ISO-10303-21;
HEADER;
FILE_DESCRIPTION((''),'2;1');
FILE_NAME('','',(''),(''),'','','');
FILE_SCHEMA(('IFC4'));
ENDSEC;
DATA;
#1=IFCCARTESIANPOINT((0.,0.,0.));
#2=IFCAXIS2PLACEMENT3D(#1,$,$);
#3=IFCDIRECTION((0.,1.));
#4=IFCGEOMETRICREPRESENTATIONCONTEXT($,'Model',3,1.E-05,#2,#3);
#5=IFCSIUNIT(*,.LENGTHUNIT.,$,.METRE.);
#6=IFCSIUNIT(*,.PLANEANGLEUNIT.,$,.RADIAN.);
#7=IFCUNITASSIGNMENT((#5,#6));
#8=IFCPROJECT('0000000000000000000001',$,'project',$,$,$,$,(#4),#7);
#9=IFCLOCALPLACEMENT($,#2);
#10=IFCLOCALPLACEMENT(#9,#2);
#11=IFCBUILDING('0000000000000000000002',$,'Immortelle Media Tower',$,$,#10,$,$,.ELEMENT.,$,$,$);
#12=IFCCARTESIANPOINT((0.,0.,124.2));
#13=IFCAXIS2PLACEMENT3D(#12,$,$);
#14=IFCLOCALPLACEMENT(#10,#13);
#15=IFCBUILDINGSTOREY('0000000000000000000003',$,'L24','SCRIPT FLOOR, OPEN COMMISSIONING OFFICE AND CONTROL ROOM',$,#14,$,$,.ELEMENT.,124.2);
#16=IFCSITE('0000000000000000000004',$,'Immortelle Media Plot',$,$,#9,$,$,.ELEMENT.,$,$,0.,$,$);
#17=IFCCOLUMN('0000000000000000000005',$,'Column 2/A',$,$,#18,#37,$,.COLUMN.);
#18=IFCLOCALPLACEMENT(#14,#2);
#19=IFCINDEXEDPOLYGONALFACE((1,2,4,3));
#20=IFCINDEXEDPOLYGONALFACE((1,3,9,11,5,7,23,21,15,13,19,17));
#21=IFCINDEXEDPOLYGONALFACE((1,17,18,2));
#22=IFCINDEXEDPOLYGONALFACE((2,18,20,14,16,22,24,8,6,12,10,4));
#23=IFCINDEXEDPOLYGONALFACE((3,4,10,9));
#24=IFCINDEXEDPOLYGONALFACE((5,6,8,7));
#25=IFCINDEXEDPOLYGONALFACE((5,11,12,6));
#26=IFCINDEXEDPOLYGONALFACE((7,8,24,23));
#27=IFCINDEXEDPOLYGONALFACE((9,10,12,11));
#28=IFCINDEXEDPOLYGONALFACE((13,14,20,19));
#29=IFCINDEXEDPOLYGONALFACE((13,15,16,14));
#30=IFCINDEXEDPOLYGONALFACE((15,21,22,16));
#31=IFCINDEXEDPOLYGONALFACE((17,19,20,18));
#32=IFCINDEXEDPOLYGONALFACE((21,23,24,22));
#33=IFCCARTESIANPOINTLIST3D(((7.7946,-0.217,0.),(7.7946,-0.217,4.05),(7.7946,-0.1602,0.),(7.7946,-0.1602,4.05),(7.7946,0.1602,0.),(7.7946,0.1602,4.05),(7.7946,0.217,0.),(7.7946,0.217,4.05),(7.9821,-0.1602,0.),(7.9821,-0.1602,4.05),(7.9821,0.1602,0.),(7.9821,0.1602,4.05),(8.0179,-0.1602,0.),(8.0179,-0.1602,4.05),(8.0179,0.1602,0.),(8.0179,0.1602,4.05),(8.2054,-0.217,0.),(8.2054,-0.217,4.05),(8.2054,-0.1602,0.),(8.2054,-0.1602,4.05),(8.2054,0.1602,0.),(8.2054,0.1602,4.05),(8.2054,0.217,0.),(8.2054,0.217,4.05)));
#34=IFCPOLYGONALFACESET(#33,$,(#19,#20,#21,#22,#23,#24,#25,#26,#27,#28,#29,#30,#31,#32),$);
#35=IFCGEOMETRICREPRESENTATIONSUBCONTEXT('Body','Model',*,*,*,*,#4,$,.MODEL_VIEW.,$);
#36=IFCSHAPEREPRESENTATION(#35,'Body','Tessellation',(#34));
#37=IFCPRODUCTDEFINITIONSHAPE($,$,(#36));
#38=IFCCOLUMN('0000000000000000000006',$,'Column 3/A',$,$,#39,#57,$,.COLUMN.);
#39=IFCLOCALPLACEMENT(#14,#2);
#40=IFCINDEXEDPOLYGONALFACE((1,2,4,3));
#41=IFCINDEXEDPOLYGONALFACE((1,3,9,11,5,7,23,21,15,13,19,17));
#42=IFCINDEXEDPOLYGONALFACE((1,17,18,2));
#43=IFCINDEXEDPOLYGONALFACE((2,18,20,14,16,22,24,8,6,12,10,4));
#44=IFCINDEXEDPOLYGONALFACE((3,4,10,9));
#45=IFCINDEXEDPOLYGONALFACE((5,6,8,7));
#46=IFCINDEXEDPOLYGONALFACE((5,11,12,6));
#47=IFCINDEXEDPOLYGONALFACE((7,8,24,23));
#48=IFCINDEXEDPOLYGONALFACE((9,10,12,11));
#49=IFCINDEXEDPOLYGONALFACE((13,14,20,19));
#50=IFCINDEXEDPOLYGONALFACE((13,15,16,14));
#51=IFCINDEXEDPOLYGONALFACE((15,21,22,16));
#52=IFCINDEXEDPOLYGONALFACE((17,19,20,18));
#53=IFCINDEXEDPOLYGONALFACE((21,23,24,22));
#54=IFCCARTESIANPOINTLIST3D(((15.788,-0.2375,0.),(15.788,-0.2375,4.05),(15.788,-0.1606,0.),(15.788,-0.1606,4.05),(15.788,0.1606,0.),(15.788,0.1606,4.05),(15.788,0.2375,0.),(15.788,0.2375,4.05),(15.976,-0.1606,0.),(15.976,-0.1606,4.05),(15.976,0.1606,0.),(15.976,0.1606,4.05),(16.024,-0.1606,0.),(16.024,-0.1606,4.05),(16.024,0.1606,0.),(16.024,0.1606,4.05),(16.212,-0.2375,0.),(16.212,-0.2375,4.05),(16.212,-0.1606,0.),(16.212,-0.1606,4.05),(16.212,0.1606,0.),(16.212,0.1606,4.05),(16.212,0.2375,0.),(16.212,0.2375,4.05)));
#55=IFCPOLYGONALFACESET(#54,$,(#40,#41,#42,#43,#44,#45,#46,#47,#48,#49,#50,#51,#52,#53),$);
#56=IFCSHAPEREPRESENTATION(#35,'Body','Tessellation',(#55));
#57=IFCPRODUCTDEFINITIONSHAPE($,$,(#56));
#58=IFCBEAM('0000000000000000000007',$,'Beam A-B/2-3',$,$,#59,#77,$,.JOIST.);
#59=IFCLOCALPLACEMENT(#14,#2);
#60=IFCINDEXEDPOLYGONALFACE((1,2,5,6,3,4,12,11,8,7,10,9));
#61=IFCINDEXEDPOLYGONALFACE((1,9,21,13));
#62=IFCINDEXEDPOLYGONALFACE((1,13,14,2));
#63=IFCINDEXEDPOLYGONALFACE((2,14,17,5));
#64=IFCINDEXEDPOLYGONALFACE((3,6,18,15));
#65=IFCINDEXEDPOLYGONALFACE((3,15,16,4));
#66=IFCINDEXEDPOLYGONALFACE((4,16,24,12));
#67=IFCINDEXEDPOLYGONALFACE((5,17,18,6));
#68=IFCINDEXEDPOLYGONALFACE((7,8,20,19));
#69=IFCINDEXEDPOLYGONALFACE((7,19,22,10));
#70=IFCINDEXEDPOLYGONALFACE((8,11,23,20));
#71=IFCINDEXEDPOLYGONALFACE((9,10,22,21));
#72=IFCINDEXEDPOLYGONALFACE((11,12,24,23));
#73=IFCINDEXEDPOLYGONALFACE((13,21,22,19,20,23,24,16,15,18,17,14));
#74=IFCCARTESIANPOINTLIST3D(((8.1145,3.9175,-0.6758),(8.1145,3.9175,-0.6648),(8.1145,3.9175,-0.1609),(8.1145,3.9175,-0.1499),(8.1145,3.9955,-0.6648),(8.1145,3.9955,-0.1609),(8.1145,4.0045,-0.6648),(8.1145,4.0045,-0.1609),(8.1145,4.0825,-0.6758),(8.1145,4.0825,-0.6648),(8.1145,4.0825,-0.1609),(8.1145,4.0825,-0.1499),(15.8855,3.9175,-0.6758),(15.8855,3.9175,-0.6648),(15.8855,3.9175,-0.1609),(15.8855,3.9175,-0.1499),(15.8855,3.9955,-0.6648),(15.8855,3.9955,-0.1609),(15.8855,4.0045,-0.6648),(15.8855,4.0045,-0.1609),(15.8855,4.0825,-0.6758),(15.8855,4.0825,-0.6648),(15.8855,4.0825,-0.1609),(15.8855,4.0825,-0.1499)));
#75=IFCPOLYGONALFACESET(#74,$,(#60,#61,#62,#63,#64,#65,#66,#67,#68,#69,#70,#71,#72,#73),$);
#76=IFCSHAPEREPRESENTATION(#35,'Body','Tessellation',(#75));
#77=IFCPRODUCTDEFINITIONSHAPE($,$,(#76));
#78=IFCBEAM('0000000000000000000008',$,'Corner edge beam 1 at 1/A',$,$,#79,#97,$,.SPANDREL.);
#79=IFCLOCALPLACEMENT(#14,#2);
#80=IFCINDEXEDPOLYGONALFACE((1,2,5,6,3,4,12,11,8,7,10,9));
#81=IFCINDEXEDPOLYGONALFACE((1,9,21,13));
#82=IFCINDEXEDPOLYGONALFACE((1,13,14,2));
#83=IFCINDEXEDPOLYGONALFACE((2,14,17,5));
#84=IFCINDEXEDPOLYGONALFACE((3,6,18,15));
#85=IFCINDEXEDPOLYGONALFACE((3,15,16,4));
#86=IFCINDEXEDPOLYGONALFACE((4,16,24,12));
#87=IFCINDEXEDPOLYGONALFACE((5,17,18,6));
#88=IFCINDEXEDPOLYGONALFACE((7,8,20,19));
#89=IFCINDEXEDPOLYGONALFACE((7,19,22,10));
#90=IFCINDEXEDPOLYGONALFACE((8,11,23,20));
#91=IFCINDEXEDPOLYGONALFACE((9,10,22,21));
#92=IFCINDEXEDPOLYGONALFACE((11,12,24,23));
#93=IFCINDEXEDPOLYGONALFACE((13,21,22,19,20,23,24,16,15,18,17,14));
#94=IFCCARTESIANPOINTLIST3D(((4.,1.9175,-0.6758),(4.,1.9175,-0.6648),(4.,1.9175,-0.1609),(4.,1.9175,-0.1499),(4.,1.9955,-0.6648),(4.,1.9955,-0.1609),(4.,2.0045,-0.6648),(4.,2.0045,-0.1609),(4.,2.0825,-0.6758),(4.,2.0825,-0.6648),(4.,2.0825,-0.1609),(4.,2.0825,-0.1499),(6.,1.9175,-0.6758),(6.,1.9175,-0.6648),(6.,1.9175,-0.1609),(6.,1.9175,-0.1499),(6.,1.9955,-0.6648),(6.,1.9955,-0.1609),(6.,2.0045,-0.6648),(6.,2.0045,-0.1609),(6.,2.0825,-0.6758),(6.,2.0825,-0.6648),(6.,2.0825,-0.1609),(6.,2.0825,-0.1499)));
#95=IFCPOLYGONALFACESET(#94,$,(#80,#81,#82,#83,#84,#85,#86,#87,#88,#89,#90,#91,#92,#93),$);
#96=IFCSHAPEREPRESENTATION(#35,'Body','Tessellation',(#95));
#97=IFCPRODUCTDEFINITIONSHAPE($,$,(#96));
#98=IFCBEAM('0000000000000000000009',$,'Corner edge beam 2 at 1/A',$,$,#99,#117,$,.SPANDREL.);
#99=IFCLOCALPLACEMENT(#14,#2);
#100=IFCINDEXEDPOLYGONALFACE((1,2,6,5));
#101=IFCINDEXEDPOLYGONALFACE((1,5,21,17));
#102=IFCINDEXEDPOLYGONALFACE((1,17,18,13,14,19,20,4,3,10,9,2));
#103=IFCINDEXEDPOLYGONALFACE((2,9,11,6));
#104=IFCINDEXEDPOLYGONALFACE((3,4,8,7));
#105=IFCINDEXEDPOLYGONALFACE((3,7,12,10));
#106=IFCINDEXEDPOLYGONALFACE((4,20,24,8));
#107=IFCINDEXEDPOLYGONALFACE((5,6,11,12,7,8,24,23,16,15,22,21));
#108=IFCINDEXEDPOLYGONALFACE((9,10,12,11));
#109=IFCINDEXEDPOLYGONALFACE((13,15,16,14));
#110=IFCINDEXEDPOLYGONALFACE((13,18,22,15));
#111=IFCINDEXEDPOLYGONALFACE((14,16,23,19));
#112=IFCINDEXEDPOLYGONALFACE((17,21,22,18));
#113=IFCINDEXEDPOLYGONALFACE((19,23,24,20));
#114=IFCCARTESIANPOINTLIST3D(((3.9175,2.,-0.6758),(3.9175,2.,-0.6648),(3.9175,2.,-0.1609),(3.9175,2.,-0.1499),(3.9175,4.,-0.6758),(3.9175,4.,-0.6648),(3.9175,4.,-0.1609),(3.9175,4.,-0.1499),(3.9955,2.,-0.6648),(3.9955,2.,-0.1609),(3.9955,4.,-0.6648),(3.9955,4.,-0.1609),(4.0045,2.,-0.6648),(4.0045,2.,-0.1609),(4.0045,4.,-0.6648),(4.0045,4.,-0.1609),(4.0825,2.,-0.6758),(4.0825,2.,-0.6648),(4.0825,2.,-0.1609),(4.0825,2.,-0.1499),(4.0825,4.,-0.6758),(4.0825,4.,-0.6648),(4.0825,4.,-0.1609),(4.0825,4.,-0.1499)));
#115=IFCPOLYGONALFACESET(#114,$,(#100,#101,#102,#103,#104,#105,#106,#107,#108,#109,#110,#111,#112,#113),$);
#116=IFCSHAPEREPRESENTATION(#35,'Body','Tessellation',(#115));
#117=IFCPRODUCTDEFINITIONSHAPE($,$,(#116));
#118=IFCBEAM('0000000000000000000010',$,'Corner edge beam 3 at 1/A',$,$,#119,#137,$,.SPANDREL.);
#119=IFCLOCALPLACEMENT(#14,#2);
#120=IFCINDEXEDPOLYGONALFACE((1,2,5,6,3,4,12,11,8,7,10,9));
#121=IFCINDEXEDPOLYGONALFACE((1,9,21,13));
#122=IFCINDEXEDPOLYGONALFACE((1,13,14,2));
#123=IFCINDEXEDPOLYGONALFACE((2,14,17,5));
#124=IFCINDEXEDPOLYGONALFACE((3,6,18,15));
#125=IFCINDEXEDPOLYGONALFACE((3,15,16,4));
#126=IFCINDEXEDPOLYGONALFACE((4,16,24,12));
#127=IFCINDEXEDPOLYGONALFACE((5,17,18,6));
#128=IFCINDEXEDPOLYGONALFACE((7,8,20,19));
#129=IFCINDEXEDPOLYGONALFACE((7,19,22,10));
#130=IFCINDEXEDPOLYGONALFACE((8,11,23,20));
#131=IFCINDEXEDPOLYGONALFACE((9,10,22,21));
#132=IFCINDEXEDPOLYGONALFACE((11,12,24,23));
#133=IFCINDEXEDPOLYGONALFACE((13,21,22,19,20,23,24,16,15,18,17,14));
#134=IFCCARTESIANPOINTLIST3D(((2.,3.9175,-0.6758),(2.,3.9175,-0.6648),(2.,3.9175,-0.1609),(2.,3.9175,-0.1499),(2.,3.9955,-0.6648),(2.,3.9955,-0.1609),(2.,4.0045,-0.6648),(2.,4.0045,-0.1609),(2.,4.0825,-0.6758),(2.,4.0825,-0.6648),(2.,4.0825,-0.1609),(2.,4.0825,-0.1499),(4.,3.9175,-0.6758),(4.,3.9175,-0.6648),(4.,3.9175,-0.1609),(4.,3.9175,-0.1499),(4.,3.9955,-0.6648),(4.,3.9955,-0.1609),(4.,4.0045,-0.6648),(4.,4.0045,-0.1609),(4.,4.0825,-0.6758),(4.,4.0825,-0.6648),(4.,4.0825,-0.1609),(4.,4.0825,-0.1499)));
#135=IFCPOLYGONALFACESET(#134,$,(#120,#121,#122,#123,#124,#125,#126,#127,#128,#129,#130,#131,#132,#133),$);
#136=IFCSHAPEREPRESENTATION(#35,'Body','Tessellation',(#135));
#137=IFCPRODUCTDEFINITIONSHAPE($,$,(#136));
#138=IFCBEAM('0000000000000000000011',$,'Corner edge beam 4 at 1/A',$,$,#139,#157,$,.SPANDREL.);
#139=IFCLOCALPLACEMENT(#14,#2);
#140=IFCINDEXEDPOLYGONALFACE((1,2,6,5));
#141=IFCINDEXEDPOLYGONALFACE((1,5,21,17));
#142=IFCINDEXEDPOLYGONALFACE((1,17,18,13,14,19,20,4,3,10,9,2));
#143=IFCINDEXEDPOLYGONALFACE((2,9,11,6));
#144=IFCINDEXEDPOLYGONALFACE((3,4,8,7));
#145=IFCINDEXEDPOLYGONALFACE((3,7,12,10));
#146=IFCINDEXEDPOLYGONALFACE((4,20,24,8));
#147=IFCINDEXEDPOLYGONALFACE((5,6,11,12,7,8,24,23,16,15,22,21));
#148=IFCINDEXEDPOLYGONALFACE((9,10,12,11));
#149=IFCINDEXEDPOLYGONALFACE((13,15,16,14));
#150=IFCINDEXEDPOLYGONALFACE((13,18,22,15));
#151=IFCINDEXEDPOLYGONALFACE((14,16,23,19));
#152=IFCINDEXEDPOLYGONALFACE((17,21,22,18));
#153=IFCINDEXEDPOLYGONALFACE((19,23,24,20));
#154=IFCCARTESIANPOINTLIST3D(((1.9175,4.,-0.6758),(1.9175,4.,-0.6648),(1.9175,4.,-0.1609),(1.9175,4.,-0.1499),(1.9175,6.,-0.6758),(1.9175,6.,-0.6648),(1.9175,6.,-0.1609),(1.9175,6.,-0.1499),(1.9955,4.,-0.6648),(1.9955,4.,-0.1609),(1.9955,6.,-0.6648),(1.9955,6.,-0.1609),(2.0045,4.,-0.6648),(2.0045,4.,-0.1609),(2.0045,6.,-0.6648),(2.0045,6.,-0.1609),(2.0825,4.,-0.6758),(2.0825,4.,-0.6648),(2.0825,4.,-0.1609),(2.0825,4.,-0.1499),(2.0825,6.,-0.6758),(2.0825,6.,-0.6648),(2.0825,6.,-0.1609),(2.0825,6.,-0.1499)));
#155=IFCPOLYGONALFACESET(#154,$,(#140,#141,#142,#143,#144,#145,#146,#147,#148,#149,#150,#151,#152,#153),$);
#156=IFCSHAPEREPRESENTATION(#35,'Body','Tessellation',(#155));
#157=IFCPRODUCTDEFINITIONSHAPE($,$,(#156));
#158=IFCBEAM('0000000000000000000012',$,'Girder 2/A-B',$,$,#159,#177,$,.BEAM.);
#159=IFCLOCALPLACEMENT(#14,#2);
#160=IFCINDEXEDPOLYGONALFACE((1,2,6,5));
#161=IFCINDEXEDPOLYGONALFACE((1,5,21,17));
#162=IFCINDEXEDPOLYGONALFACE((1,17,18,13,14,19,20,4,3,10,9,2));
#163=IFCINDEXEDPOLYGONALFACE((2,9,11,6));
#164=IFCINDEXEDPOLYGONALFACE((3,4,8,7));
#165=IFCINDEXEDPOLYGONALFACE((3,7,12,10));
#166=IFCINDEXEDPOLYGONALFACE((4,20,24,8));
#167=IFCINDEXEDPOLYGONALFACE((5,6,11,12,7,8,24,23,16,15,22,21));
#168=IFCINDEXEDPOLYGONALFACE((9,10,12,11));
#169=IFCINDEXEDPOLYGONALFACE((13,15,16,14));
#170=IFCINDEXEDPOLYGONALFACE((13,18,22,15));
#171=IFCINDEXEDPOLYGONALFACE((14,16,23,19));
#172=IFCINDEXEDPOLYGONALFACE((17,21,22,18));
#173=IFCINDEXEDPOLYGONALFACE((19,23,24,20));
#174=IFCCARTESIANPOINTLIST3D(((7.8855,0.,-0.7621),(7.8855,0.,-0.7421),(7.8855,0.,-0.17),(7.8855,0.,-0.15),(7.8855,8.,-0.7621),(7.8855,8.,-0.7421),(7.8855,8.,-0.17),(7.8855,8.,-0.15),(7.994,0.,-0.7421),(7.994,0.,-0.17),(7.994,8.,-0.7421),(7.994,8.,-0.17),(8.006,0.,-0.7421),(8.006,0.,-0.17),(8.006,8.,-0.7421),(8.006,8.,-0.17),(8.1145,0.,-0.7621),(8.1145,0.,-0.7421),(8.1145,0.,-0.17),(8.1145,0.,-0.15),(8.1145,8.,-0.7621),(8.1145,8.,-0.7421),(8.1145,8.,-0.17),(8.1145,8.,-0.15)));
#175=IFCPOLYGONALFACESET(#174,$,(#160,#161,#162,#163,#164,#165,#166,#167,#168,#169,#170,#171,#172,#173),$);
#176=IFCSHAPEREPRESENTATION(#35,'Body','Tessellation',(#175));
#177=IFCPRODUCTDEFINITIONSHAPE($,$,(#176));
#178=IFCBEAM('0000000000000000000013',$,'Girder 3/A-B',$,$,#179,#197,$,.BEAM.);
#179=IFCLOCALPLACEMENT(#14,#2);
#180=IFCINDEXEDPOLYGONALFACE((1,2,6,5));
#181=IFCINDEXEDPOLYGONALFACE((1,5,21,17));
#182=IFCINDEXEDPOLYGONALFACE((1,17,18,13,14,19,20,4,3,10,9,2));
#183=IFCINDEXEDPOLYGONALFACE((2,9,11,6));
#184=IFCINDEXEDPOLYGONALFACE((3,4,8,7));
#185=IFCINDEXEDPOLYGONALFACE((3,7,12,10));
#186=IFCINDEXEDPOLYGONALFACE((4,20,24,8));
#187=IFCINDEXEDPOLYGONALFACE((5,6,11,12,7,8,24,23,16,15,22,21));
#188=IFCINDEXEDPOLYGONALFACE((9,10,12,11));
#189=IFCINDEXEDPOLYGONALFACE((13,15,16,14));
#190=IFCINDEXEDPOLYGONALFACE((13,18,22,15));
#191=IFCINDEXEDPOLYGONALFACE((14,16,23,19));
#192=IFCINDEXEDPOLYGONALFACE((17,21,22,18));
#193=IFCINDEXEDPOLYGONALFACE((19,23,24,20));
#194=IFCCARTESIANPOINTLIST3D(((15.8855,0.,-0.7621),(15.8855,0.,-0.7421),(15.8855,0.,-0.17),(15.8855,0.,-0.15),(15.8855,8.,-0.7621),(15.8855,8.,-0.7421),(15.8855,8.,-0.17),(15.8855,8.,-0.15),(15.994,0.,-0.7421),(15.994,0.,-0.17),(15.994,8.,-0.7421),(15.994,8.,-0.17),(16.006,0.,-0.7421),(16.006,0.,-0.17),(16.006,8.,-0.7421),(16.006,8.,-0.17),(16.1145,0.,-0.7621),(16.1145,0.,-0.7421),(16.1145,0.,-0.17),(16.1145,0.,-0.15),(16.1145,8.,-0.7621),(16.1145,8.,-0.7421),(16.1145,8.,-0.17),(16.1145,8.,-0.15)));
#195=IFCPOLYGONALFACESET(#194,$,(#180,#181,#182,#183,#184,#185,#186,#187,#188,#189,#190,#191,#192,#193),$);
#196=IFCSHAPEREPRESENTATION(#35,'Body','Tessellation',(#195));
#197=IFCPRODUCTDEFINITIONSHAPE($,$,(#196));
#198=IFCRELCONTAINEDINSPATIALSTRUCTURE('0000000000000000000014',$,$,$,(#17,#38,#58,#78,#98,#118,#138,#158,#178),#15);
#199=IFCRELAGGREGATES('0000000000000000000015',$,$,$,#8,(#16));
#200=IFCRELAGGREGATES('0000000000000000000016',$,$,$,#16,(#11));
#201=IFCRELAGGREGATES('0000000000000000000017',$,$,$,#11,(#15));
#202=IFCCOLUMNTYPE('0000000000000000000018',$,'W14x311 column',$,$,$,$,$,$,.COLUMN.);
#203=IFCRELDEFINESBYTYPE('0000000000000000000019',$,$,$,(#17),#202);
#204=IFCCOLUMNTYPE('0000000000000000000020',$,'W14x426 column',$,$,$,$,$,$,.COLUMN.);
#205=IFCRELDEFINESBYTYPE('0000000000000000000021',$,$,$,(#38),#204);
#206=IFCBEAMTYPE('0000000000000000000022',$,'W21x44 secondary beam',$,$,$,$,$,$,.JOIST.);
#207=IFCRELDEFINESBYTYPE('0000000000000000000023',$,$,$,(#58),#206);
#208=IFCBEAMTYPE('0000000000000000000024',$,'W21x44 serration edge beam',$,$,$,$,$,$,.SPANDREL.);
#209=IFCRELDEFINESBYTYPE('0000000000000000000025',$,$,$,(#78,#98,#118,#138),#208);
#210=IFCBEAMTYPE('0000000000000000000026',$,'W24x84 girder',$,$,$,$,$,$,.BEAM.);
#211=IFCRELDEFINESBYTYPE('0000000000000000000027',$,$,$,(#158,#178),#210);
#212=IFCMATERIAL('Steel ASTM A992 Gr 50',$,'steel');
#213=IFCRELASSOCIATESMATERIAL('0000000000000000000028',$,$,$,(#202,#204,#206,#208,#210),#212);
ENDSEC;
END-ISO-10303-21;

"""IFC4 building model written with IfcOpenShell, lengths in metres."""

from ifc_helpers import new_model, si_unit, direction, frame, origin, origin_2d, place, context, subcontext, project, spatial, i_section, extrude, material, material_profile, profile_set, type_object, element, save


model = new_model("IFC4")

# Units and contexts
model_context = context("Model", 3, precision=1e-05, world=origin(), true_north=direction((0.0, 1.0)))
body_context = subcontext(model_context, "Body", "Model", "MODEL_VIEW")
ifc_project = project(units=[si_unit("LENGTHUNIT", "METRE"), si_unit("PLANEANGLEUNIT", "RADIAN")], contexts=[model_context])

# Site, building, storey
site_placement = place(None, origin())
site = spatial("IfcSite", under=ifc_project, at=site_placement, Name="Immortelle Media Plot", CompositionType="ELEMENT", RefElevation=0.0)
building_placement = place(site_placement, origin())
building = spatial("IfcBuilding", under=site, at=building_placement, Name="Immortelle Media Tower", CompositionType="ELEMENT")
storey_placement = place(building_placement, frame((0.0, 0.0, 124.2)))
storey = spatial("IfcBuildingStorey", under=building, at=storey_placement, Name="L24", Description="SCRIPT FLOOR, OPEN COMMISSIONING OFFICE AND CONTROL ROOM", CompositionType="ELEMENT", Elevation=124.2)

# Columns
ifc_material_1 = material(Name="Steel ASTM A992 Gr 50", Category="steel")
ifc_material_profile_1 = material_profile(ifc_material_1, i_section(OverallWidth=0.4109, OverallDepth=0.4341, WebThickness=0.0359, FlangeThickness=0.0569, at=origin_2d()), Name="W14x311")
ifc_profile_set_1 = profile_set([ifc_material_profile_1], Name="Steel ASTM A992 Gr 50")
column_type_1 = type_object("IfcColumnType", Name="W14x311 column", PredefinedType="COLUMN", material=ifc_profile_set_1)
column_1_placement = place(storey_placement, frame((8.0, 0.0, 0.0), z_axis=(0.0, 0.0, 1.0), x_axis=(1.0, 0.0, 0.0)))
element("IfcColumn", 1, at=column_1_placement, inside=storey, type_object=column_type_1, Name="Column 2/A", PredefinedType="COLUMN", context=body_context, shape_type="SweptSolid", body=[
    extrude(i_section(OverallWidth=0.4109, OverallDepth=0.4341, WebThickness=0.0359, FlangeThickness=0.0569, at=origin_2d()), origin(), (0.0, 0.0, 1.0), 4.05),
])
ifc_material_profile_2 = material_profile(ifc_material_1, i_section(OverallWidth=0.4241, OverallDepth=0.4751, WebThickness=0.0481, FlangeThickness=0.0769, at=origin_2d()), Name="W14x426")
ifc_profile_set_2 = profile_set([ifc_material_profile_2], Name="Steel ASTM A992 Gr 50")
column_type_2 = type_object("IfcColumnType", Name="W14x426 column", PredefinedType="COLUMN", material=ifc_profile_set_2)
column_2_placement = place(storey_placement, frame((16.0, 0.0, 0.0), z_axis=(0.0, 0.0, 1.0), x_axis=(1.0, 0.0, 0.0)))
element("IfcColumn", 2, at=column_2_placement, inside=storey, type_object=column_type_2, Name="Column 3/A", PredefinedType="COLUMN", context=body_context, shape_type="SweptSolid", body=[
    extrude(i_section(OverallWidth=0.4241, OverallDepth=0.4751, WebThickness=0.0481, FlangeThickness=0.0769, at=origin_2d()), origin(), (0.0, 0.0, 1.0), 4.05),
])

# Beams
ifc_material_profile_3 = material_profile(ifc_material_1, i_section(OverallWidth=0.165, OverallDepth=0.5259, WebThickness=0.009, FlangeThickness=0.011, at=origin_2d()), Name="W21x44")
ifc_profile_set_3 = profile_set([ifc_material_profile_3], Name="Steel ASTM A992 Gr 50")
beam_type_1 = type_object("IfcBeamType", Name="W21x44 secondary beam", PredefinedType="JOIST", material=ifc_profile_set_3)
beam_1_placement = place(storey_placement, frame((8.1145, 4.0, -0.4128), z_axis=(1.0, 0.0, 0.0), x_axis=(0.0, 1.0, 0.0)))
element("IfcBeam", 3, at=beam_1_placement, inside=storey, type_object=beam_type_1, Name="Beam A-B/2-3", PredefinedType="JOIST", context=body_context, shape_type="SweptSolid", body=[
    extrude(i_section(OverallWidth=0.165, OverallDepth=0.5259, WebThickness=0.009, FlangeThickness=0.011, at=origin_2d()), origin(), (0.0, 0.0, 1.0), 7.771),
])
ifc_material_profile_4 = material_profile(ifc_material_1, i_section(OverallWidth=0.165, OverallDepth=0.5259, WebThickness=0.009, FlangeThickness=0.011, at=origin_2d()), Name="W21x44")
ifc_profile_set_4 = profile_set([ifc_material_profile_4], Name="Steel ASTM A992 Gr 50")
beam_type_2 = type_object("IfcBeamType", Name="W21x44 serration edge beam", PredefinedType="SPANDREL", material=ifc_profile_set_4)
for number, where, z_axis, x_axis, name in (
    (4, (6.0, 2.0, -0.4128), (-1.0, 0.0, 0.0), (0.0, -1.0, 0.0), "Corner edge beam 1 at 1/A"),
    (5, (4.0, 2.0, -0.4128), (0.0, 1.0, 0.0), (-1.0, 0.0, 0.0), "Corner edge beam 2 at 1/A"),
    (6, (4.0, 4.0, -0.4128), (-1.0, 0.0, 0.0), (0.0, -1.0, 0.0), "Corner edge beam 3 at 1/A"),
    (7, (2.0, 4.0, -0.4128), (0.0, 1.0, 0.0), (-1.0, 0.0, 0.0), "Corner edge beam 4 at 1/A"),
):
    element("IfcBeam", number, at=place(storey_placement, frame(where, z_axis=z_axis, x_axis=x_axis)), inside=storey, type_object=beam_type_2, Name=name, PredefinedType="SPANDREL", context=body_context, shape_type="SweptSolid", body=[
        extrude(i_section(OverallWidth=0.165, OverallDepth=0.5259, WebThickness=0.009, FlangeThickness=0.011, at=origin_2d()), origin(), (0.0, 0.0, 1.0), 2.0),
    ])
ifc_material_profile_5 = material_profile(ifc_material_1, i_section(OverallWidth=0.229, OverallDepth=0.6121, WebThickness=0.012, FlangeThickness=0.02, at=origin_2d()), Name="W24x84")
ifc_profile_set_5 = profile_set([ifc_material_profile_5], Name="Steel ASTM A992 Gr 50")
beam_type_3 = type_object("IfcBeamType", Name="W24x84 girder", PredefinedType="BEAM", material=ifc_profile_set_5)
for number, where, z_axis, x_axis, name in (
    (8, (8.0, 0.0, -0.4561), (0.0, 1.0, 0.0), (-1.0, 0.0, 0.0), "Girder 2/A-B"),
    (9, (16.0, 0.0, -0.4561), (0.0, 1.0, 0.0), (-1.0, 0.0, 0.0), "Girder 3/A-B"),
):
    element("IfcBeam", number, at=place(storey_placement, frame(where, z_axis=z_axis, x_axis=x_axis)), inside=storey, type_object=beam_type_3, Name=name, PredefinedType="BEAM", context=body_context, shape_type="SweptSolid", body=[
        extrude(i_section(OverallWidth=0.229, OverallDepth=0.6121, WebThickness=0.012, FlangeThickness=0.02, at=origin_2d()), origin(), (0.0, 0.0, 1.0), 8.0),
    ])

save(model, "model.ifc")
